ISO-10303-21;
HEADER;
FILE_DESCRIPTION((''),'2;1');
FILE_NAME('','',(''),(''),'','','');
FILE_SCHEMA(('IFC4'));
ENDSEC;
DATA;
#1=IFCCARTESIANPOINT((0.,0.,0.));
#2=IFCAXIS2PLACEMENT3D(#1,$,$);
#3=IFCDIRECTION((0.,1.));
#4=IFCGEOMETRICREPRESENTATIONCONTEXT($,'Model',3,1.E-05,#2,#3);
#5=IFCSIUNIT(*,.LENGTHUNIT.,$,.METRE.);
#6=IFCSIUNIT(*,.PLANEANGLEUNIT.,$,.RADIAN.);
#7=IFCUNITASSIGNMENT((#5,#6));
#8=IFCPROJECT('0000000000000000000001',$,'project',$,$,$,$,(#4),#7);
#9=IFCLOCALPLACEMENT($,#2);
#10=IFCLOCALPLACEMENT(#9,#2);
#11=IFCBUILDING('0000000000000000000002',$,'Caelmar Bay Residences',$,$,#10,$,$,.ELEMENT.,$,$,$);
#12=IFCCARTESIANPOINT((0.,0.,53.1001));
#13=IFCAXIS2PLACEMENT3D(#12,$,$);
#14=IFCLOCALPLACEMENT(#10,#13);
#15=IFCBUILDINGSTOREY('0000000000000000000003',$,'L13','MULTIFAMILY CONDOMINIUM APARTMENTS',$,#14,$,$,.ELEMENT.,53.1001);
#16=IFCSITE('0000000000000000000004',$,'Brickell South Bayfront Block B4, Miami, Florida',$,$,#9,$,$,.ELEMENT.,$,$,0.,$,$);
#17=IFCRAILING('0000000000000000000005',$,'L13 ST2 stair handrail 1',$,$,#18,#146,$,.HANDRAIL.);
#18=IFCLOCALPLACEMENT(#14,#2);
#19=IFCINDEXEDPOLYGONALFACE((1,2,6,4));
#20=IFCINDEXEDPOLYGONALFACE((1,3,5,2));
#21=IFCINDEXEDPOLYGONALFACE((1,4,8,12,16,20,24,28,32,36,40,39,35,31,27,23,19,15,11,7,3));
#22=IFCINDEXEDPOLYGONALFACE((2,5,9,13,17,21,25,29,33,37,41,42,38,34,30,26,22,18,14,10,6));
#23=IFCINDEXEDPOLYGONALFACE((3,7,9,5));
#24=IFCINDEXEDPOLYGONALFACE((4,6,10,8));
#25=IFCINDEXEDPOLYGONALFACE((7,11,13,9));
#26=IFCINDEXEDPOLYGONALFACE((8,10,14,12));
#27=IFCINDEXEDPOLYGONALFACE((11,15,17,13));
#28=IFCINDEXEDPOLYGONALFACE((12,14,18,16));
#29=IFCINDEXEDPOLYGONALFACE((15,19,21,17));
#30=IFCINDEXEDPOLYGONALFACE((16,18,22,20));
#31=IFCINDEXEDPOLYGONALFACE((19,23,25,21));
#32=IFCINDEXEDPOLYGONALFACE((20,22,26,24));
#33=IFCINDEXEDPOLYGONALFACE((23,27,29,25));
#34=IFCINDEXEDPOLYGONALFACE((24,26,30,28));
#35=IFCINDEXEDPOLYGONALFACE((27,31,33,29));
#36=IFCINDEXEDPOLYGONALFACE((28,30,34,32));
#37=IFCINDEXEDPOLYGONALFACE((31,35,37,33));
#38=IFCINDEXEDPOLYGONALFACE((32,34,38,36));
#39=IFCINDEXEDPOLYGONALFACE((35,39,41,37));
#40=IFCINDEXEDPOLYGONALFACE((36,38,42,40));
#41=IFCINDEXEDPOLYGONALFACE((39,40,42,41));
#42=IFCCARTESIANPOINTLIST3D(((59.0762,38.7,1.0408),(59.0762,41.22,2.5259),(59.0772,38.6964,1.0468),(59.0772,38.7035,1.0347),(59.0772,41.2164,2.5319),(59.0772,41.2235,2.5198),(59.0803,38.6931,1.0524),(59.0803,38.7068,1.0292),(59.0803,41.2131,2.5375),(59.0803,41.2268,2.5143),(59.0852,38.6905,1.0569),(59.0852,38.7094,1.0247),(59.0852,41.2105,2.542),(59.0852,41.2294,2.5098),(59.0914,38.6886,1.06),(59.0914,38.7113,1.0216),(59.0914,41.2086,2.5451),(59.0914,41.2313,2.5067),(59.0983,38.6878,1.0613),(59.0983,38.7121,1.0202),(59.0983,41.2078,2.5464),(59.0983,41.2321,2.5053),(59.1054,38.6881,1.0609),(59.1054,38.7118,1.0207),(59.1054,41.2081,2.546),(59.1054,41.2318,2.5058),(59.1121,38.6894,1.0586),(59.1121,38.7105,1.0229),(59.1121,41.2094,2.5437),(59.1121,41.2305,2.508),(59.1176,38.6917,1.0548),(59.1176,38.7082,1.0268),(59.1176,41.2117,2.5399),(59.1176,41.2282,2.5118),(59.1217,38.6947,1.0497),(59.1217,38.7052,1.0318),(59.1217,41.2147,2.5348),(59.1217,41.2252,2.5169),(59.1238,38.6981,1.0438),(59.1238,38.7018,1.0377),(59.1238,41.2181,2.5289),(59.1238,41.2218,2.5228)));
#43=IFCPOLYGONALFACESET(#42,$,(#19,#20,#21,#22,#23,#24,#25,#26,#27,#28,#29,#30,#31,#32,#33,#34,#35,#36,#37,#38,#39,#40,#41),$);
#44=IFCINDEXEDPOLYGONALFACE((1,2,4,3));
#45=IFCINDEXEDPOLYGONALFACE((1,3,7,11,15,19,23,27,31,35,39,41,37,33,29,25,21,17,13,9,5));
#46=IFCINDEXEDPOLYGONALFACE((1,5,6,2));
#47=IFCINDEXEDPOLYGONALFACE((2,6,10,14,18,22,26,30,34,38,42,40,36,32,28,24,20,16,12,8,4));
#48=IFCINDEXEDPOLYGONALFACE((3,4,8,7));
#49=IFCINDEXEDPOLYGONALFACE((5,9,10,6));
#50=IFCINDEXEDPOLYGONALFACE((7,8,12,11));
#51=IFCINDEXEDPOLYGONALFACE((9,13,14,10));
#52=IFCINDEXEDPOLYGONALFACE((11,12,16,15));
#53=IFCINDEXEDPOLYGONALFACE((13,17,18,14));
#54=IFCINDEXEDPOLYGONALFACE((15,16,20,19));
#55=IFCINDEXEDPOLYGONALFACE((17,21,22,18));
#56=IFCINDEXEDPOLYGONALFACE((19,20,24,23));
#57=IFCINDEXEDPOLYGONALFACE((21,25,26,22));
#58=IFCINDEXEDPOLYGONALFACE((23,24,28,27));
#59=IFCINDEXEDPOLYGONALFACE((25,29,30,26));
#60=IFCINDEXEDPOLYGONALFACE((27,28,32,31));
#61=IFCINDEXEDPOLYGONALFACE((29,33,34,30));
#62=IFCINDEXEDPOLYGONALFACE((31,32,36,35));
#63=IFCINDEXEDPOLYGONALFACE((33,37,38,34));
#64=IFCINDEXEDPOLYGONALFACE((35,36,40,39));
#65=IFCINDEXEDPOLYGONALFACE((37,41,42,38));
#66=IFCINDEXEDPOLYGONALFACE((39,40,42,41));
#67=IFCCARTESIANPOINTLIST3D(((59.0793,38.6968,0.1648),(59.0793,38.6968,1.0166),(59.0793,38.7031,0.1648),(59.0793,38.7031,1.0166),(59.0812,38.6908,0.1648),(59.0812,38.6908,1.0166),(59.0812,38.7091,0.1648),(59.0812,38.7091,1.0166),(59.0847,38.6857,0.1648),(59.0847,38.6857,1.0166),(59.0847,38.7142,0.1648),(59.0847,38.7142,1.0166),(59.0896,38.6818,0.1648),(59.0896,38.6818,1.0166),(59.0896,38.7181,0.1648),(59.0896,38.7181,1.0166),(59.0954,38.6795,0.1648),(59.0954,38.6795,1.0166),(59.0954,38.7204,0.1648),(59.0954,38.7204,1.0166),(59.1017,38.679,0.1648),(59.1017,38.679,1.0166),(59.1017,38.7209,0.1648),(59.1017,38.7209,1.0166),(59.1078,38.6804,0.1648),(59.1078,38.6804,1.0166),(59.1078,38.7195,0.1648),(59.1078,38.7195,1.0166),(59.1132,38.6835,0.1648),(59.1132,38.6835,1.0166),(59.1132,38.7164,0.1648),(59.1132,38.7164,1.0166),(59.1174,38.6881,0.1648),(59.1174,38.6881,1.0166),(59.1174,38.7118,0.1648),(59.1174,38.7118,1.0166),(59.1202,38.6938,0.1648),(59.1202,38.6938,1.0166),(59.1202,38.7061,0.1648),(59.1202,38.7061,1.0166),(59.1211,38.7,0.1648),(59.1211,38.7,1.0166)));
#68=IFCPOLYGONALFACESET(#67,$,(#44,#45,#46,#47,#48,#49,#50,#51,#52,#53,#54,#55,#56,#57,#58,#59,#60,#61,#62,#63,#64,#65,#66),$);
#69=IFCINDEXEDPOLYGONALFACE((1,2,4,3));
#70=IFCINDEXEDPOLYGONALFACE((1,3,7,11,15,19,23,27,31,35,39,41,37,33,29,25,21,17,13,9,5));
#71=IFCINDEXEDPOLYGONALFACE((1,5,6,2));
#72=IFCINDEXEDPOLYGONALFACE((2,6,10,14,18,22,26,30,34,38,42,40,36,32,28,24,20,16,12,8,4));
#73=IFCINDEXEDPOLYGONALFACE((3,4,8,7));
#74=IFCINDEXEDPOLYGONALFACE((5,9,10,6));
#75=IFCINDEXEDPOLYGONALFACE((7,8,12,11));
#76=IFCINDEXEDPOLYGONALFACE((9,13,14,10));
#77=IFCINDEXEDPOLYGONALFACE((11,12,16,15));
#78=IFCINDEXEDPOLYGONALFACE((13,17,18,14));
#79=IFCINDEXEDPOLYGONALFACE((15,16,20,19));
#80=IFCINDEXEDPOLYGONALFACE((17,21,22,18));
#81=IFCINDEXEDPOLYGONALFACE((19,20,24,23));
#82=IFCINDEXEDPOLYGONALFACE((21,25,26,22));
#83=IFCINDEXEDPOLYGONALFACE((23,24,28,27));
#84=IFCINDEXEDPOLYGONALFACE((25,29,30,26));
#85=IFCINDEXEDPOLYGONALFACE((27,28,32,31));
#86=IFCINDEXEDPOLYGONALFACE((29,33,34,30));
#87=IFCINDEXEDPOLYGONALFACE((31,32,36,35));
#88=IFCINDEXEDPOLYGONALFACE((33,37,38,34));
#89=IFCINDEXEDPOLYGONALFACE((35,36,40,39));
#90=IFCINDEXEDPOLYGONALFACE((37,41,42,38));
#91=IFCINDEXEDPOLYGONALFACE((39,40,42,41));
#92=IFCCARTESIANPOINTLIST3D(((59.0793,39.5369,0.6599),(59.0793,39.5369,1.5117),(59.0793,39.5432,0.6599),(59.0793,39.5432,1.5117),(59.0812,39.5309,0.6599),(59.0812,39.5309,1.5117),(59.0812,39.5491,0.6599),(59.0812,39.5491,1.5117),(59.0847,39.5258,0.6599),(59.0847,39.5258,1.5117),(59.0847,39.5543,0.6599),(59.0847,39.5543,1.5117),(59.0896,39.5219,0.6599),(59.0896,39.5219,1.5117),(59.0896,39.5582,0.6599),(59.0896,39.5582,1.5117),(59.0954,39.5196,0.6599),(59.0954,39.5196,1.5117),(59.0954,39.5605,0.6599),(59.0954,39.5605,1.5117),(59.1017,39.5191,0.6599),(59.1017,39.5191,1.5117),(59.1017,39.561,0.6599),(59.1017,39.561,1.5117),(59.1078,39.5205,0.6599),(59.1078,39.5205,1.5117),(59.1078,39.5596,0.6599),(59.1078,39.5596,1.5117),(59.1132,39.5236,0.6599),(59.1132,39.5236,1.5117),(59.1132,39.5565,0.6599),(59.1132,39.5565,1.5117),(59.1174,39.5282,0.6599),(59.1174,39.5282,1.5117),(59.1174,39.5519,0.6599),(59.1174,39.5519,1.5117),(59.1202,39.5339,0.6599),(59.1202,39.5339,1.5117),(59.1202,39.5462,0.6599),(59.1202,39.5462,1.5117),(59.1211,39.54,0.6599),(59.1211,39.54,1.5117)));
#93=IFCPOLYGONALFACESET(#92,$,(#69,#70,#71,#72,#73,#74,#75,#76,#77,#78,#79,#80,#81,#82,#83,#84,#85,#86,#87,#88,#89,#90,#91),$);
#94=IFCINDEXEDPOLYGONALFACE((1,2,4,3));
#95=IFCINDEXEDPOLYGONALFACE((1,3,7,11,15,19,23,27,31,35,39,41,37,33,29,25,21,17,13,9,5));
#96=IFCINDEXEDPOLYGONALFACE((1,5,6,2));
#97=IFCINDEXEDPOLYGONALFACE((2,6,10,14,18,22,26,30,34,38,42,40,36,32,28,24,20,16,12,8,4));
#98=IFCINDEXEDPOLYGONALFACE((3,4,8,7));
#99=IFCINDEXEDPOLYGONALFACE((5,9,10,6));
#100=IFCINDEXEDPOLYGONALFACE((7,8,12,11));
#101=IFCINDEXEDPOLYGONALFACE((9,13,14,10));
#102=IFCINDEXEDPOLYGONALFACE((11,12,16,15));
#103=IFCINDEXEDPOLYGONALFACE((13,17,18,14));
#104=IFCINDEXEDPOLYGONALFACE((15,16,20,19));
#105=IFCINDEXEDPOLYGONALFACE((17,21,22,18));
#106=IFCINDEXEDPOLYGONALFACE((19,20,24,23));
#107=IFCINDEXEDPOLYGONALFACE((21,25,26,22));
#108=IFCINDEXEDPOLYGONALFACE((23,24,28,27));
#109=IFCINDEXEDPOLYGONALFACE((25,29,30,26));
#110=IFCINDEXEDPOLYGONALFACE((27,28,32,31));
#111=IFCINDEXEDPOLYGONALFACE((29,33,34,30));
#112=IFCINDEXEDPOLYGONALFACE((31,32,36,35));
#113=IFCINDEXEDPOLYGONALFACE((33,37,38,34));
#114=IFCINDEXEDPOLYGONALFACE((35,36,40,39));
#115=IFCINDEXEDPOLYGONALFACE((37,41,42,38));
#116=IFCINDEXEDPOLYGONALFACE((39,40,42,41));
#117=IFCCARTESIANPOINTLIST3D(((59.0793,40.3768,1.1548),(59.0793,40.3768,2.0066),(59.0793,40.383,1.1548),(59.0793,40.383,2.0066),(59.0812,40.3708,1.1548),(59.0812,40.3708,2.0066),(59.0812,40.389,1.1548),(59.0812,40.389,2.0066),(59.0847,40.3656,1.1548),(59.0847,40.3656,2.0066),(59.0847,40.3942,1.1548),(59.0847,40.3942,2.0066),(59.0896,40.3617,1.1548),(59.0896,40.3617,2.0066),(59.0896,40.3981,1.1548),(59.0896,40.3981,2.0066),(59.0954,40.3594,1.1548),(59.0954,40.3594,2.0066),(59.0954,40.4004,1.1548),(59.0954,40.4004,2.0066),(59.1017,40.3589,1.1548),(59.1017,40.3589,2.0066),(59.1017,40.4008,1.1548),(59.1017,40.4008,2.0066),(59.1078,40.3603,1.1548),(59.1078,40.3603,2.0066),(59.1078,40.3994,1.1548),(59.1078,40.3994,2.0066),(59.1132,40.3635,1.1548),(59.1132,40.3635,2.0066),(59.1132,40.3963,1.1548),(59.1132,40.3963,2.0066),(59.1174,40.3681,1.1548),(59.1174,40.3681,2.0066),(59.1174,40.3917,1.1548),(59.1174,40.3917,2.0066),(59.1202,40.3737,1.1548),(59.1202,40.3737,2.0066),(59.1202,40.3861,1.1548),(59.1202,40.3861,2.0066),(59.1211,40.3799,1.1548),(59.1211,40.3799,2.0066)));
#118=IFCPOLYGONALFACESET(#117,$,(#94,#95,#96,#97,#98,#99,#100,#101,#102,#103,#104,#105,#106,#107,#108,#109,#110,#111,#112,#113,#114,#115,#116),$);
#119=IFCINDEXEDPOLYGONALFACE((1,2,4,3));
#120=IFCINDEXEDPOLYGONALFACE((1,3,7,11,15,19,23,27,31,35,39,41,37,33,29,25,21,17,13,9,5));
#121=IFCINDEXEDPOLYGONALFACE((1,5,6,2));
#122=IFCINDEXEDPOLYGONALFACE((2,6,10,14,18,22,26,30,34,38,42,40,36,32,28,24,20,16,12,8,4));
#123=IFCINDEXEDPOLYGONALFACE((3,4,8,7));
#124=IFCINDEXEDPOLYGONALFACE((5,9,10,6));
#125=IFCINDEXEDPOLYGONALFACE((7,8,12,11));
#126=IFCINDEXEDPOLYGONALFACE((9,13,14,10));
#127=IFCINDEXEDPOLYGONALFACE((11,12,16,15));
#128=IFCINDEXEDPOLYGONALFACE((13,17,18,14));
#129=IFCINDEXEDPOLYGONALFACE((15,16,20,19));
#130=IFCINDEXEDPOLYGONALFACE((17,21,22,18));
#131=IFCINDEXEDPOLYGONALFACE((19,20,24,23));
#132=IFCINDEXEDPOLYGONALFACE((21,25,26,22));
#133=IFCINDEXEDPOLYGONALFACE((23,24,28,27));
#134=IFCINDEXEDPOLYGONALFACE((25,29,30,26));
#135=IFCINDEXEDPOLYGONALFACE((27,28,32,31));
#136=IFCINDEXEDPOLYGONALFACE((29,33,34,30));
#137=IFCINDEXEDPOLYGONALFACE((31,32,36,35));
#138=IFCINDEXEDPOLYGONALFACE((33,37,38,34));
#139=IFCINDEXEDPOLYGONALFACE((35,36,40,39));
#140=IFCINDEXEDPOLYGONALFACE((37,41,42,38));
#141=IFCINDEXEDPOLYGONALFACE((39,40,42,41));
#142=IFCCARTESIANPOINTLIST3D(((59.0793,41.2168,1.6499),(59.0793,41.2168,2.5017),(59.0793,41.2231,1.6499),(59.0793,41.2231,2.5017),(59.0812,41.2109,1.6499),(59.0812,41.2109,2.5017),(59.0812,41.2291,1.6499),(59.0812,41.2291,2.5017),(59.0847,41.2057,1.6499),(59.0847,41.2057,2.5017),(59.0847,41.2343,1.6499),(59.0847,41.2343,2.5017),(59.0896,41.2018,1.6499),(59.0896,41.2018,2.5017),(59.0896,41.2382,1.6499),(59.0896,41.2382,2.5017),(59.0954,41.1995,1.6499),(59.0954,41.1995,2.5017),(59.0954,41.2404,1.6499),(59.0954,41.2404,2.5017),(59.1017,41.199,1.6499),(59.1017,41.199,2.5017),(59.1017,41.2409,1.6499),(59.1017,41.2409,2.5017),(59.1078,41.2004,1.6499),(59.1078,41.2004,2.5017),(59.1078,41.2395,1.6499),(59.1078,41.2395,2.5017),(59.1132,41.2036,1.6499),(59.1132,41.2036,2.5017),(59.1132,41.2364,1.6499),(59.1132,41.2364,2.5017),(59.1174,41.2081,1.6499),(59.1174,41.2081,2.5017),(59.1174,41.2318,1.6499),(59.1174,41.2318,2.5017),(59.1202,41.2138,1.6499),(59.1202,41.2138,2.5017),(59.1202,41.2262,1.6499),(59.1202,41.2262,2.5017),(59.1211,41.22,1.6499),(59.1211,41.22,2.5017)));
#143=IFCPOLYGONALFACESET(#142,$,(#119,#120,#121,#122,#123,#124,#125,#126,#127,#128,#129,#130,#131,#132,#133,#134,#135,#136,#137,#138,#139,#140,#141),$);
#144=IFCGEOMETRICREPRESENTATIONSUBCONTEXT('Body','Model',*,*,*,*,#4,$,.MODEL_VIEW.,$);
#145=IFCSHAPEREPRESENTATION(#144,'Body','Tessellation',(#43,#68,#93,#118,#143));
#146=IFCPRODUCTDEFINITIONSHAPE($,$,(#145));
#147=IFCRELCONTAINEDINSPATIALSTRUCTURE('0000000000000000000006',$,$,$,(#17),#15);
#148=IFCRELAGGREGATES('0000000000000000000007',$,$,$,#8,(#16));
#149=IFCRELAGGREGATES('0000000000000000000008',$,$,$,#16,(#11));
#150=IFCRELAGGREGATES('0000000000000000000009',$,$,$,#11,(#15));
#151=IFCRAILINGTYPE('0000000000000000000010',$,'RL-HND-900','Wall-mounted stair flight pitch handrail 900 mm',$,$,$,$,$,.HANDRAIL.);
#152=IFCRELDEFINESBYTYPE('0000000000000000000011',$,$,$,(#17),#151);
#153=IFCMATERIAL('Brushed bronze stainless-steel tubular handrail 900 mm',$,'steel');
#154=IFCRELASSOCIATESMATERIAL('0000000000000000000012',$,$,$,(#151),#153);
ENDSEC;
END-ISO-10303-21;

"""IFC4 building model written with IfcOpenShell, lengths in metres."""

from ifc_helpers import new_model, si_unit, direction, frame, origin, origin_2d, place, context, subcontext, project, spatial, circle, extrude, material, type_object, element, save


model = new_model("IFC4")

# Units and contexts
model_context = context("Model", 3, precision=1e-05, world=origin(), true_north=direction((0.0, 1.0)))
body_context = subcontext(model_context, "Body", "Model", "MODEL_VIEW")
ifc_project = project(units=[si_unit("LENGTHUNIT", "METRE"), si_unit("PLANEANGLEUNIT", "RADIAN")], contexts=[model_context])

# Site, building, storey
site_placement = place(None, origin())
site = spatial("IfcSite", under=ifc_project, at=site_placement, Name="Brickell South Bayfront Block B4, Miami, Florida", CompositionType="ELEMENT", RefElevation=0.0)
building_placement = place(site_placement, origin())
building = spatial("IfcBuilding", under=site, at=building_placement, Name="Caelmar Bay Residences", CompositionType="ELEMENT")
storey_placement = place(building_placement, frame((0.0, 0.0, 53.1001)))
storey = spatial("IfcBuildingStorey", under=building, at=storey_placement, Name="L13", Description="MULTIFAMILY CONDOMINIUM APARTMENTS", CompositionType="ELEMENT", Elevation=53.1001)

# Railing
ifc_material_1 = material(Name="Brushed bronze stainless-steel tubular handrail 900 mm", Category="steel")
railing_type_1 = type_object("IfcRailingType", Name="RL-HND-900", Description="Wall-mounted stair flight pitch handrail 900 mm", PredefinedType="HANDRAIL", material=ifc_material_1)
railing_1_placement = place(storey_placement, frame((59.1001, 38.7, 0.1648)))
element("IfcRailing", 1, at=railing_1_placement, inside=storey, type_object=railing_type_1, Name="L13 ST2 stair handrail 1", PredefinedType="HANDRAIL", context=body_context, shape_type="SweptSolid", body=[
    extrude(circle(Radius=0.0239, at=origin_2d()), frame((0.0, 0.0, 0.876), z_axis=(0.0, 0.861524, 0.507717), x_axis=(-1.0, 0.0, 0.0)), (0.0, 0.0, 1.0), 2.925),
    extrude(circle(Radius=0.021, at=origin_2d()), origin(), (0.0, 0.0, 1.0), 0.8518),
    extrude(circle(Radius=0.021, at=origin_2d()), frame((0.0, 0.8401, 0.4951)), (0.0, 0.0, 1.0), 0.8518),
    extrude(circle(Radius=0.021, at=origin_2d()), frame((0.0, 1.6799, 0.99)), (0.0, 0.0, 1.0), 0.8518),
    extrude(circle(Radius=0.021, at=origin_2d()), frame((0.0, 2.52, 1.4851)), (0.0, 0.0, 1.0), 0.8518),
])

save(model, "model.ifc")
